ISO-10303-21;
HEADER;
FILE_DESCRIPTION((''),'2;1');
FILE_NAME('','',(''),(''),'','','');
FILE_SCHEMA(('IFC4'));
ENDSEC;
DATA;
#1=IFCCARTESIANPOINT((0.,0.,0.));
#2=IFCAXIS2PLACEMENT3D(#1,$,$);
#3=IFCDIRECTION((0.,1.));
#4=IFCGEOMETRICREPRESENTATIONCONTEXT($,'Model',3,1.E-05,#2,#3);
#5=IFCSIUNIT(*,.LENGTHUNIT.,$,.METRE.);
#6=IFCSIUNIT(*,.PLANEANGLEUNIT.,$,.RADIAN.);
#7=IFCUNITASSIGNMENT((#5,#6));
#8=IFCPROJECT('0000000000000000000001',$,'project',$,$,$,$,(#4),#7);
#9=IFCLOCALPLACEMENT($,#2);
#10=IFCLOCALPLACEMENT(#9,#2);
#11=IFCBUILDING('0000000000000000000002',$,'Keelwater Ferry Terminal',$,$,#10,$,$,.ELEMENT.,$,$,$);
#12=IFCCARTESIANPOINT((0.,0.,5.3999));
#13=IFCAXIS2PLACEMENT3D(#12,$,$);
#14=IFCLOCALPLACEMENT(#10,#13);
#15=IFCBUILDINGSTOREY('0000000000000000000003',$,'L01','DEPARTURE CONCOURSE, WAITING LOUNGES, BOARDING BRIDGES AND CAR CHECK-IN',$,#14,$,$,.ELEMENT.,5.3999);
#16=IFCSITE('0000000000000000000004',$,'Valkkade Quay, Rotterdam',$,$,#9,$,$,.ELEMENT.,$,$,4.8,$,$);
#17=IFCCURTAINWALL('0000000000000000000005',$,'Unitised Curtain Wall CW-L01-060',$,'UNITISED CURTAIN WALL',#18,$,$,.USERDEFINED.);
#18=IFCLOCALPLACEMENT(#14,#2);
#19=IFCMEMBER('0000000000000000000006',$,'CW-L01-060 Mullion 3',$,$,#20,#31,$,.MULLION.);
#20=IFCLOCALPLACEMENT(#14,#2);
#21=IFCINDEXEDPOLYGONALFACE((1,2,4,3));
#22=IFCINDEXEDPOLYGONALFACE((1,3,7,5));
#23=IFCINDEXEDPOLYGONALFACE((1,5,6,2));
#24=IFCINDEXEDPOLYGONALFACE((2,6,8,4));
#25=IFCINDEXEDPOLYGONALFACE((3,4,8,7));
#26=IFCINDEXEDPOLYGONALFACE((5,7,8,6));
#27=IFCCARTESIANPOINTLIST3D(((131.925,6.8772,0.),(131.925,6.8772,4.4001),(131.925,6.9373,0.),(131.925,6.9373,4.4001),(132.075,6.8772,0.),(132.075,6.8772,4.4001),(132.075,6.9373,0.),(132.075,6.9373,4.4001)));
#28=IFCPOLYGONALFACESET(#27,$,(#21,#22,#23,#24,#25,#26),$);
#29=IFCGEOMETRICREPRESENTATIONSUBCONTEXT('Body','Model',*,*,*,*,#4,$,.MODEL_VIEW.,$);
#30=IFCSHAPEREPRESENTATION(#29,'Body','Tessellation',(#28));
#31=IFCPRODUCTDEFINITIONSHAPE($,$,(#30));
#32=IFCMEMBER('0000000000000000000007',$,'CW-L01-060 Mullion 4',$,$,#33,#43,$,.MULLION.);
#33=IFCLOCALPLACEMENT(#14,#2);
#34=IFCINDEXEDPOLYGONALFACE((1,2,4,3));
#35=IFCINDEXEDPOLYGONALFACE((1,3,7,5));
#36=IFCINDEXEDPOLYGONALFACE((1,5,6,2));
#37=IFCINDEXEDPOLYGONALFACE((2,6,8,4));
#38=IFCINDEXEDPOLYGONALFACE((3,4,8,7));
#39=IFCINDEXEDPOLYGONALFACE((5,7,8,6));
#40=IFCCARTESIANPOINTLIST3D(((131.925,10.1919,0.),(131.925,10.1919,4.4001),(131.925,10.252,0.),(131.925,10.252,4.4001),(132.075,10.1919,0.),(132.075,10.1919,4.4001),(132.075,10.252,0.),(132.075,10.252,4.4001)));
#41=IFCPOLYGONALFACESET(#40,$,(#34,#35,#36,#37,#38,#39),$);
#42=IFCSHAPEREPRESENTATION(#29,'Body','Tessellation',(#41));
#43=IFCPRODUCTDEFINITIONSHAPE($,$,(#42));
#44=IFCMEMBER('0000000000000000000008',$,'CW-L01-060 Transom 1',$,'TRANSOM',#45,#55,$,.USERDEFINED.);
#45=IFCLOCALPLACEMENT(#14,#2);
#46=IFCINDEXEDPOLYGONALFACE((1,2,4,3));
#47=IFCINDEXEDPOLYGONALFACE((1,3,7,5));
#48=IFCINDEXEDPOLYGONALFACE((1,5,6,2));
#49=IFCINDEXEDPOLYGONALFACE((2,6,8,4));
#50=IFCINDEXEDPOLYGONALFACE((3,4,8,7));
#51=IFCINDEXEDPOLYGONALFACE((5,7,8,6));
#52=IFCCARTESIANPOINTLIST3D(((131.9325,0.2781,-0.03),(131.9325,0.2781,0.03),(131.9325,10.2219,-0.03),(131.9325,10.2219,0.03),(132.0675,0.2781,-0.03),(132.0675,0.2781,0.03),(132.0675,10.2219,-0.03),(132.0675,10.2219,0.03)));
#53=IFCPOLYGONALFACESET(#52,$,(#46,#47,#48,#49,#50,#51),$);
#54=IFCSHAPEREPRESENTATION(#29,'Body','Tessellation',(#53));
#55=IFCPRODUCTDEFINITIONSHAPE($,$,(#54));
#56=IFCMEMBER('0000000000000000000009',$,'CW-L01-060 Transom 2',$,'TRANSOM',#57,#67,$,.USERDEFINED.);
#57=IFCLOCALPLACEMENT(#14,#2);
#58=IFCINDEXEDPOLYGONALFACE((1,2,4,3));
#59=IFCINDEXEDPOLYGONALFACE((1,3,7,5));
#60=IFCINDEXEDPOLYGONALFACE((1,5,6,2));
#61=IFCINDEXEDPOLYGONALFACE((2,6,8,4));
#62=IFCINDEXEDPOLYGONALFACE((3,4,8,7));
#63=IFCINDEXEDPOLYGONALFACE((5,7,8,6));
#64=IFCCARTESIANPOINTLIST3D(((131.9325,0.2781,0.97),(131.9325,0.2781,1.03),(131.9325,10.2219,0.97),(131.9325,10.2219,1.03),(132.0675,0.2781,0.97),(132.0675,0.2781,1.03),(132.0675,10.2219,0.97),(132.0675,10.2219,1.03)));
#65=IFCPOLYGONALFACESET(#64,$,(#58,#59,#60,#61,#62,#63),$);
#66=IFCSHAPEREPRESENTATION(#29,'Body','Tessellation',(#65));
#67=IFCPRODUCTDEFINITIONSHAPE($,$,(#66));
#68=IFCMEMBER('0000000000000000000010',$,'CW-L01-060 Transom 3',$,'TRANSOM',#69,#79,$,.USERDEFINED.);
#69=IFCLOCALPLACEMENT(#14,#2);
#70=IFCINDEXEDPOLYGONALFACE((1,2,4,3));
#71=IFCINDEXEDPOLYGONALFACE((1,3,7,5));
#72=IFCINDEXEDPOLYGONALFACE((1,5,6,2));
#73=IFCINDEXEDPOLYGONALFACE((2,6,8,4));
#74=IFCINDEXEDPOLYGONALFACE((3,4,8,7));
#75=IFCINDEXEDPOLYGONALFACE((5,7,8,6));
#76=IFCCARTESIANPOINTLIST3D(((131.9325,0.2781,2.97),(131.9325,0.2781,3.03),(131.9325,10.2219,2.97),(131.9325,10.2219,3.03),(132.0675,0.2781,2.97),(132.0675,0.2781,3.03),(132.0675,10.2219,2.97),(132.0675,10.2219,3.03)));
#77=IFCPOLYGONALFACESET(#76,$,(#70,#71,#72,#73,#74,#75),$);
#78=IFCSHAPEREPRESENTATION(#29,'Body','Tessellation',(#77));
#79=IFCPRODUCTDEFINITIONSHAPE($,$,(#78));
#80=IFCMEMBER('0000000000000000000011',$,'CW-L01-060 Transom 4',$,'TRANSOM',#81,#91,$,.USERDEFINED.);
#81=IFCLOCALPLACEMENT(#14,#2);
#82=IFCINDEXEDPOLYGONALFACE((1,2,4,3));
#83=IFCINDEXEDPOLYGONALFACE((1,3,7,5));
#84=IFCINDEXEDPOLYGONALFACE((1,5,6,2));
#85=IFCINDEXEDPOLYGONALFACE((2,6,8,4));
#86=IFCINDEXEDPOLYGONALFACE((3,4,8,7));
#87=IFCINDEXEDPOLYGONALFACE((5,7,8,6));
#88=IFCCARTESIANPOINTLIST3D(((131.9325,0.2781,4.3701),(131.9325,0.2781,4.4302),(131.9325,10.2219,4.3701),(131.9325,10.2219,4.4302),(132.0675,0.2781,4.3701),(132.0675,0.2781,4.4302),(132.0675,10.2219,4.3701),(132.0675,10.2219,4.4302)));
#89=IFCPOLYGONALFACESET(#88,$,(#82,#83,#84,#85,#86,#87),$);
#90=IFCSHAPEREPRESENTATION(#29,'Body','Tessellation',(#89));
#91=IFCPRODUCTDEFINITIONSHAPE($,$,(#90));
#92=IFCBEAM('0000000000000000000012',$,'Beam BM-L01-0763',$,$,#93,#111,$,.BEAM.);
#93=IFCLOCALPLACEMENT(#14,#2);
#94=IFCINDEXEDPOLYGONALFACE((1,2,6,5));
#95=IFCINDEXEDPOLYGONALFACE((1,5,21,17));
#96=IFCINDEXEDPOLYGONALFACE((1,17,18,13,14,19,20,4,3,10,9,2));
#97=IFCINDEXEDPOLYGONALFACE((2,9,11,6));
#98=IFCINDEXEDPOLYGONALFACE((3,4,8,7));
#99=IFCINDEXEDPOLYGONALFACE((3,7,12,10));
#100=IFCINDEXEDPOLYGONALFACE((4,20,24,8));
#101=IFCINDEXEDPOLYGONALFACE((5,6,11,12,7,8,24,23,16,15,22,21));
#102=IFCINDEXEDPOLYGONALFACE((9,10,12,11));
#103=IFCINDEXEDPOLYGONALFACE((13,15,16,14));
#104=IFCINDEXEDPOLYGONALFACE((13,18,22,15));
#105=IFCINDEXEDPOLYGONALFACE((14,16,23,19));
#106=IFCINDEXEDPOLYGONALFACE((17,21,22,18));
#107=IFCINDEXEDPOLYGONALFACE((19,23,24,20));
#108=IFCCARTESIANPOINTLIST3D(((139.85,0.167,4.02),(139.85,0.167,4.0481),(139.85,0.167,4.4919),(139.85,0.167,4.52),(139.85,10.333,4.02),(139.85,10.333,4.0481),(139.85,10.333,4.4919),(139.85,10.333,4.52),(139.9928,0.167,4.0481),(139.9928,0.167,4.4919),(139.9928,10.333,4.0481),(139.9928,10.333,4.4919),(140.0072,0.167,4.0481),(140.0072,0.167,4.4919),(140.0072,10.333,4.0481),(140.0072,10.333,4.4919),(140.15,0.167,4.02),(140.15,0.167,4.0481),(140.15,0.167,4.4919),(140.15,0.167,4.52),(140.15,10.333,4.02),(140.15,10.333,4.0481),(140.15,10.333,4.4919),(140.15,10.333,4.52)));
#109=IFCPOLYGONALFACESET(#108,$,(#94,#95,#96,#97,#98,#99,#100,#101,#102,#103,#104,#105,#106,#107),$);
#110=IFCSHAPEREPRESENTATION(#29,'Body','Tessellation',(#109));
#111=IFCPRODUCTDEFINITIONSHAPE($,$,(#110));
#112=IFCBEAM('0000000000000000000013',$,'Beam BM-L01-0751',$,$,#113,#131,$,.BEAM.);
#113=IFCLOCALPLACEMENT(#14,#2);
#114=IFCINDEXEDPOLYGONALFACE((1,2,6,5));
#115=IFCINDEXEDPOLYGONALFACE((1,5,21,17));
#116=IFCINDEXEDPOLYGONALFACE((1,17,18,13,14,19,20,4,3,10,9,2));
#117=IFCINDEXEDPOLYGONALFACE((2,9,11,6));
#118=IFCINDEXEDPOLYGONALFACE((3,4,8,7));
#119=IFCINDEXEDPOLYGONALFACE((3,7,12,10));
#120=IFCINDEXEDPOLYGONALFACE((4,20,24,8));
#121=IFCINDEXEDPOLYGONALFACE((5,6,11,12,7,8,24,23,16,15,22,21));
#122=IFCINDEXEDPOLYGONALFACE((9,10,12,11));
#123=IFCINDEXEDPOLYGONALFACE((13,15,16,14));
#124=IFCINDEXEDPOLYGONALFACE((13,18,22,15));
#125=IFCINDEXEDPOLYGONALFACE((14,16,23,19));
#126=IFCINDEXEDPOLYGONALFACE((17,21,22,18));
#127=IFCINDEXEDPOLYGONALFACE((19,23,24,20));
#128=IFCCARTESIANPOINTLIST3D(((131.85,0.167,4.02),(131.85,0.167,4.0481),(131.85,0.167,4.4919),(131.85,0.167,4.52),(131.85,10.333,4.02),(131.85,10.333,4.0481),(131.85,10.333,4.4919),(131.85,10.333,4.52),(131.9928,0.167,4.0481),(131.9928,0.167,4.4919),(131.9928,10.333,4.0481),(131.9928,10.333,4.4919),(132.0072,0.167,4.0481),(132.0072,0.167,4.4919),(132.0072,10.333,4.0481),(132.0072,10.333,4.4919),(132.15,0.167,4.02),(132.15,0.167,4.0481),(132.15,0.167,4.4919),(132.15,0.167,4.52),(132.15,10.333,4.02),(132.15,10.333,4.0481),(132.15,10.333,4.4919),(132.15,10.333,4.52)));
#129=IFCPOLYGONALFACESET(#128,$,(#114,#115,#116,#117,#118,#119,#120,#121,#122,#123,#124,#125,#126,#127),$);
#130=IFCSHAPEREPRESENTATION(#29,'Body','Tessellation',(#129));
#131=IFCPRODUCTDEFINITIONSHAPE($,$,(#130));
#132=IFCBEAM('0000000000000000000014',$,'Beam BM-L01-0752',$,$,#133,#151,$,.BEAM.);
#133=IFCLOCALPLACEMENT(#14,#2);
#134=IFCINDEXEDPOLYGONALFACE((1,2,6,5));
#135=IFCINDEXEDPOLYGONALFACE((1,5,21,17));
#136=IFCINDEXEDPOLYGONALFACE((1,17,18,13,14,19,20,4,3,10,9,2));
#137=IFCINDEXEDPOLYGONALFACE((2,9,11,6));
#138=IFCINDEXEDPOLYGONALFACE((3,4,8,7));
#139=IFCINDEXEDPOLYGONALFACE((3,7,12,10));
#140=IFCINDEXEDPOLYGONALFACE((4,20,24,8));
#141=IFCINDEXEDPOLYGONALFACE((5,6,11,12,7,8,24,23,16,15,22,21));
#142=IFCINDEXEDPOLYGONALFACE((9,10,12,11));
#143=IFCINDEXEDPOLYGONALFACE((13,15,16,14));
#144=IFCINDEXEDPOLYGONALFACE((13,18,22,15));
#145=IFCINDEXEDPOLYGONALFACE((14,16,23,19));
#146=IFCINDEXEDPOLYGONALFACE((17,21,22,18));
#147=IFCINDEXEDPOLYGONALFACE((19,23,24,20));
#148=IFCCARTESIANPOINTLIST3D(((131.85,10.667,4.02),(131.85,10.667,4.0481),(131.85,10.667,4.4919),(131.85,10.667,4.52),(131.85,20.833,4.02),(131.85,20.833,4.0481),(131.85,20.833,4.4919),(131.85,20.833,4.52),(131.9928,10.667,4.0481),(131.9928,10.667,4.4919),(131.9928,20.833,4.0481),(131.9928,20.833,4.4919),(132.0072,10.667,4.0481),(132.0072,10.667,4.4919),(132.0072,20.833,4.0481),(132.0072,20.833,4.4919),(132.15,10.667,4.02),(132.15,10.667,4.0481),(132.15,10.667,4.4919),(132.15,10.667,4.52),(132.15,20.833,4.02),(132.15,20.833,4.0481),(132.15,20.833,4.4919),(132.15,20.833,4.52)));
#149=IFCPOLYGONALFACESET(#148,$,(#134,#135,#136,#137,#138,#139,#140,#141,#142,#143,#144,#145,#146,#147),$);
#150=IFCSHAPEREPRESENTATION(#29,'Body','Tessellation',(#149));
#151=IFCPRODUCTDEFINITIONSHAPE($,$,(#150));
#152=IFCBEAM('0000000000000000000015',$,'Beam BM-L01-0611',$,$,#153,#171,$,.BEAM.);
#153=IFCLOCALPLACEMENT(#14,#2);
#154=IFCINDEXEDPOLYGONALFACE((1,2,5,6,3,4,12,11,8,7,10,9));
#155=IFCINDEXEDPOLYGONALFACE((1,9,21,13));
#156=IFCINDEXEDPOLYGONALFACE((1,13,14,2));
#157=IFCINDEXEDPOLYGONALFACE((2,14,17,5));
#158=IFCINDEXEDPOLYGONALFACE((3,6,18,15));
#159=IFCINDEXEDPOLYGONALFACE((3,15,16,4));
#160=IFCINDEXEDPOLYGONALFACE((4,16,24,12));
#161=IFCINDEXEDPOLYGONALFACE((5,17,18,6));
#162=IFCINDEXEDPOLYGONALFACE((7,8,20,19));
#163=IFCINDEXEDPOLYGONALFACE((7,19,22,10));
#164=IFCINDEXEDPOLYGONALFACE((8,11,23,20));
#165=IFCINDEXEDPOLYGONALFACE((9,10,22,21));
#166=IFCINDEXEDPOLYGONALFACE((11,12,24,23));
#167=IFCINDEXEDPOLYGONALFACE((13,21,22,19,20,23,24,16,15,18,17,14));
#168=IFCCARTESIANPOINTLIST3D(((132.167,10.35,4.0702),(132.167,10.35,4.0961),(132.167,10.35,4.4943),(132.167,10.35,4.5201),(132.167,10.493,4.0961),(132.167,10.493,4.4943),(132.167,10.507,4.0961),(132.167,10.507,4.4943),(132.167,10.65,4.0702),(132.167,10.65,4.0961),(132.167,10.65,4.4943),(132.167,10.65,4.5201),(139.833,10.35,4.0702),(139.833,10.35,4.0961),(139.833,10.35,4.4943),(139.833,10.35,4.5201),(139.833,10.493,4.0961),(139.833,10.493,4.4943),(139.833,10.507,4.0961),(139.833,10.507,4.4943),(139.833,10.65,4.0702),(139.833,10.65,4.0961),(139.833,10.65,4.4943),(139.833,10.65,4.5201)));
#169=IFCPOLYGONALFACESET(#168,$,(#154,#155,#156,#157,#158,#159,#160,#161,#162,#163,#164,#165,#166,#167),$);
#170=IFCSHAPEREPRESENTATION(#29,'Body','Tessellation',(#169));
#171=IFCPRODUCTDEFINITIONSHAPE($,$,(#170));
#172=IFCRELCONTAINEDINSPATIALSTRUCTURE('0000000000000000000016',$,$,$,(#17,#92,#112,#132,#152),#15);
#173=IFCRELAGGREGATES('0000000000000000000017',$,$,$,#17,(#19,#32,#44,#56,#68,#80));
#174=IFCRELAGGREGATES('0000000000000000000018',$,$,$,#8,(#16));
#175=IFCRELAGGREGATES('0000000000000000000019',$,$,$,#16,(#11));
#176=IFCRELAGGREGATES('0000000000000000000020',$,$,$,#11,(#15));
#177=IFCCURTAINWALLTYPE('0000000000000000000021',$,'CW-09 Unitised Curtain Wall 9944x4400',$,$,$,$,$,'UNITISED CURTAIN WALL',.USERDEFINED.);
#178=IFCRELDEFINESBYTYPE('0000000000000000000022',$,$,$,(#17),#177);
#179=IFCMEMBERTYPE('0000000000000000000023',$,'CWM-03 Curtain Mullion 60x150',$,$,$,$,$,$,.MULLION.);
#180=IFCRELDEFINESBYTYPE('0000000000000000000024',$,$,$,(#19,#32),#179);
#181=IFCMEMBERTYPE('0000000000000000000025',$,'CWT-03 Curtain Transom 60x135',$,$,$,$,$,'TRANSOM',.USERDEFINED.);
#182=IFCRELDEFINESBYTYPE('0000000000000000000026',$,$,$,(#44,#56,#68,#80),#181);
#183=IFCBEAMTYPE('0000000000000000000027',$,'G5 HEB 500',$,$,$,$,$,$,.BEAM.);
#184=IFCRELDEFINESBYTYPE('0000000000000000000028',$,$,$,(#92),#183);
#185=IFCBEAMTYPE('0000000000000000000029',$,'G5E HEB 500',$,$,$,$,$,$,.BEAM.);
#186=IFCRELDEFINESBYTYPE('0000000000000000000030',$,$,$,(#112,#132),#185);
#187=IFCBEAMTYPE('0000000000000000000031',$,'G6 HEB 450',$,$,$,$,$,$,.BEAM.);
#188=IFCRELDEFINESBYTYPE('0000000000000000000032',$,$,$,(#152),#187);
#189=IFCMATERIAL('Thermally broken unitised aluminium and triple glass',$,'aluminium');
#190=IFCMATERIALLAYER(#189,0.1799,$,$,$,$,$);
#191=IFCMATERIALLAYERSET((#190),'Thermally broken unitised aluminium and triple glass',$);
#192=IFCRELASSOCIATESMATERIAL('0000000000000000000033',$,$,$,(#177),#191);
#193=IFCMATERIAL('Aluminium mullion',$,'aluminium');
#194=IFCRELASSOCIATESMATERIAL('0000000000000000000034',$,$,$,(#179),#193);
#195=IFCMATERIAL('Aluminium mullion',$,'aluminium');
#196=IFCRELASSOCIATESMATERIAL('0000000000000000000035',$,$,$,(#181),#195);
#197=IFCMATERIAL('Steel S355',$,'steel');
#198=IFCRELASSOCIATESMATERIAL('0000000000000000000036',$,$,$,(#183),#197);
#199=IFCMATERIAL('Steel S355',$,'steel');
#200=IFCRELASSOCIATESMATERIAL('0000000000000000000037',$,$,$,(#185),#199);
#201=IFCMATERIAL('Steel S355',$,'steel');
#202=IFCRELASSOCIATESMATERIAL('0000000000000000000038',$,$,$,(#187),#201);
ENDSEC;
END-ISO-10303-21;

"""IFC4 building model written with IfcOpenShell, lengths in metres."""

from ifc_helpers import new_model, si_unit, direction, frame, origin, origin_2d, place, context, subcontext, project, spatial, rectangle, i_section, extrude, material, layer, layer_set, material_profile, profile_set, type_object, element, aggregate, save


model = new_model("IFC4")

# Units and contexts
model_context = context("Model", 3, precision=1e-05, world=origin(), true_north=direction((0.0, 1.0)))
body_context = subcontext(model_context, "Body", "Model", "MODEL_VIEW")
ifc_project = project(units=[si_unit("LENGTHUNIT", "METRE"), si_unit("PLANEANGLEUNIT", "RADIAN")], contexts=[model_context])

# Site, building, storey
site_placement = place(None, origin())
site = spatial("IfcSite", under=ifc_project, at=site_placement, Name="Valkkade Quay, Rotterdam", CompositionType="ELEMENT", RefElevation=4.8)
building_placement = place(site_placement, origin())
building = spatial("IfcBuilding", under=site, at=building_placement, Name="Keelwater Ferry Terminal", CompositionType="ELEMENT")
storey_placement = place(building_placement, frame((0.0, 0.0, 5.3999)))
storey = spatial("IfcBuildingStorey", under=building, at=storey_placement, Name="L01", Description="DEPARTURE CONCOURSE, WAITING LOUNGES, BOARDING BRIDGES AND CAR CHECK-IN", CompositionType="ELEMENT", Elevation=5.3999)

# Curtain wall, members
ifc_material_1 = material(Name="Thermally broken unitised aluminium and triple glass", Category="aluminium")
ifc_layer_1 = layer(ifc_material_1, 0.1799)
ifc_layer_set_1 = layer_set([ifc_layer_1], Name="Thermally broken unitised aluminium and triple glass")
curtain_wall_type = type_object("IfcCurtainWallType", Name="CW-09 Unitised Curtain Wall 9944x4400", ElementType="UNITISED CURTAIN WALL", PredefinedType="USERDEFINED", material=ifc_layer_set_1)
curtain_wall_placement = place(storey_placement, origin())
curtain_wall = element("IfcCurtainWall", 1, at=curtain_wall_placement, inside=storey, type_object=curtain_wall_type, Name="Unitised Curtain Wall CW-L01-060", ObjectType="UNITISED CURTAIN WALL", PredefinedType="USERDEFINED")
ifc_material_2 = material(Name="Aluminium mullion", Category="aluminium")
ifc_material_profile_1 = material_profile(ifc_material_2, rectangle(XDim=0.0601, YDim=0.1499, at=origin_2d()), Name="CWM-03")
ifc_profile_set_1 = profile_set([ifc_material_profile_1], Name="Aluminium mullion")
member_type_1 = type_object("IfcMemberType", Name="CWM-03 Curtain Mullion 60x150", PredefinedType="MULLION", material=ifc_profile_set_1)
member_1_placement = place(storey_placement, frame((132.0, 6.9072, 0.0), z_axis=(0.0, 0.0, 1.0), x_axis=(0.0, 1.0, 0.0)))
member_1 = element("IfcMember", 2, at=member_1_placement, type_object=member_type_1, Name="CW-L01-060 Mullion 3", PredefinedType="MULLION", context=body_context, shape_type="SweptSolid", body=[
    extrude(rectangle(XDim=0.0601, YDim=0.1499, at=origin_2d()), origin(), (0.0, 0.0, 1.0), 4.4001),
])
member_2_placement = place(storey_placement, frame((132.0, 10.2219, 0.0), z_axis=(0.0, 0.0, 1.0), x_axis=(0.0, 1.0, 0.0)))
member_2 = element("IfcMember", 3, at=member_2_placement, type_object=member_type_1, Name="CW-L01-060 Mullion 4", PredefinedType="MULLION", context=body_context, shape_type="SweptSolid", body=[
    extrude(rectangle(XDim=0.0601, YDim=0.1499, at=origin_2d()), origin(), (0.0, 0.0, 1.0), 4.4001),
])
ifc_material_3 = material(Name="Aluminium mullion", Category="aluminium")
ifc_material_profile_2 = material_profile(ifc_material_3, rectangle(XDim=0.135, YDim=0.0601, at=origin_2d()), Name="CWT-03")
ifc_profile_set_2 = profile_set([ifc_material_profile_2], Name="Aluminium mullion")
member_type_2 = type_object("IfcMemberType", Name="CWT-03 Curtain Transom 60x135", ElementType="TRANSOM", PredefinedType="USERDEFINED", material=ifc_profile_set_2)
member_3_placement = place(storey_placement, frame((132.0, 0.2781, 0.0), z_axis=(0.0, 1.0, 0.0), x_axis=(-1.0, 0.0, 0.0)))
member_3 = element("IfcMember", 4, at=member_3_placement, type_object=member_type_2, Name="CW-L01-060 Transom 1", ObjectType="TRANSOM", PredefinedType="USERDEFINED", context=body_context, shape_type="SweptSolid", body=[
    extrude(rectangle(XDim=0.135, YDim=0.0601, at=origin_2d()), origin(), (0.0, 0.0, 1.0), 9.9438),
])
member_4_placement = place(storey_placement, frame((132.0, 0.2781, 1.0), z_axis=(0.0, 1.0, 0.0), x_axis=(-1.0, 0.0, 0.0)))
member_4 = element("IfcMember", 5, at=member_4_placement, type_object=member_type_2, Name="CW-L01-060 Transom 2", ObjectType="TRANSOM", PredefinedType="USERDEFINED", context=body_context, shape_type="SweptSolid", body=[
    extrude(rectangle(XDim=0.135, YDim=0.0601, at=origin_2d()), origin(), (0.0, 0.0, 1.0), 9.9438),
])
member_5_placement = place(storey_placement, frame((132.0, 0.2781, 3.0), z_axis=(0.0, 1.0, 0.0), x_axis=(-1.0, 0.0, 0.0)))
member_5 = element("IfcMember", 6, at=member_5_placement, type_object=member_type_2, Name="CW-L01-060 Transom 3", ObjectType="TRANSOM", PredefinedType="USERDEFINED", context=body_context, shape_type="SweptSolid", body=[
    extrude(rectangle(XDim=0.135, YDim=0.0601, at=origin_2d()), origin(), (0.0, 0.0, 1.0), 9.9438),
])
member_6_placement = place(storey_placement, frame((132.0, 0.2781, 4.4001), z_axis=(0.0, 1.0, 0.0), x_axis=(-1.0, 0.0, 0.0)))
member_6 = element("IfcMember", 7, at=member_6_placement, type_object=member_type_2, Name="CW-L01-060 Transom 4", ObjectType="TRANSOM", PredefinedType="USERDEFINED", context=body_context, shape_type="SweptSolid", body=[
    extrude(rectangle(XDim=0.135, YDim=0.0601, at=origin_2d()), origin(), (0.0, 0.0, 1.0), 9.9438),
])

# Beams
ifc_material_4 = material(Name="Steel S355", Category="steel")
ifc_material_profile_3 = material_profile(ifc_material_4, i_section(OverallWidth=0.3, OverallDepth=0.5, WebThickness=0.0144, FlangeThickness=0.0281, at=origin_2d()), Name="HEB 500")
ifc_profile_set_3 = profile_set([ifc_material_profile_3], Name="Steel S355")
beam_type_1 = type_object("IfcBeamType", Name="G5 HEB 500", PredefinedType="BEAM", material=ifc_profile_set_3)
beam_1_placement = place(storey_placement, frame((140.0, 0.167, 4.27), z_axis=(0.0, 1.0, 0.0), x_axis=(-1.0, 0.0, 0.0)))
element("IfcBeam", 8, at=beam_1_placement, inside=storey, type_object=beam_type_1, Name="Beam BM-L01-0763", PredefinedType="BEAM", context=body_context, shape_type="SweptSolid", body=[
    extrude(i_section(OverallWidth=0.3, OverallDepth=0.5, WebThickness=0.0144, FlangeThickness=0.0281, at=origin_2d()), origin(), (0.0, 0.0, 1.0), 10.166),
])
ifc_material_5 = material(Name="Steel S355", Category="steel")
ifc_material_profile_4 = material_profile(ifc_material_5, i_section(OverallWidth=0.3, OverallDepth=0.5, WebThickness=0.0144, FlangeThickness=0.0281, at=origin_2d()), Name="HEB 500")
ifc_profile_set_4 = profile_set([ifc_material_profile_4], Name="Steel S355")
beam_type_2 = type_object("IfcBeamType", Name="G5E HEB 500", PredefinedType="BEAM", material=ifc_profile_set_4)
for number, where, z_axis, x_axis, name in (
    (9, (132.0, 0.167, 4.27), (0.0, 1.0, 0.0), (-1.0, 0.0, 0.0), "Beam BM-L01-0751"),
    (10, (132.0, 10.667, 4.27), (0.0, 1.0, 0.0), (-1.0, 0.0, 0.0), "Beam BM-L01-0752"),
):
    element("IfcBeam", number, at=place(storey_placement, frame(where, z_axis=z_axis, x_axis=x_axis)), inside=storey, type_object=beam_type_2, Name=name, PredefinedType="BEAM", context=body_context, shape_type="SweptSolid", body=[
        extrude(i_section(OverallWidth=0.3, OverallDepth=0.5, WebThickness=0.0144, FlangeThickness=0.0281, at=origin_2d()), origin(), (0.0, 0.0, 1.0), 10.166),
    ])
ifc_material_6 = material(Name="Steel S355", Category="steel")
ifc_material_profile_5 = material_profile(ifc_material_6, i_section(OverallWidth=0.3, OverallDepth=0.45, WebThickness=0.0139, FlangeThickness=0.0259, at=origin_2d()), Name="HEB 450")
ifc_profile_set_5 = profile_set([ifc_material_profile_5], Name="Steel S355")
beam_type_3 = type_object("IfcBeamType", Name="G6 HEB 450", PredefinedType="BEAM", material=ifc_profile_set_5)
beam_2_placement = place(storey_placement, frame((132.167, 10.5, 4.2952), z_axis=(1.0, 0.0, 0.0), x_axis=(0.0, 1.0, 0.0)))
element("IfcBeam", 11, at=beam_2_placement, inside=storey, type_object=beam_type_3, Name="Beam BM-L01-0611", PredefinedType="BEAM", context=body_context, shape_type="SweptSolid", body=[
    extrude(i_section(OverallWidth=0.3, OverallDepth=0.45, WebThickness=0.0139, FlangeThickness=0.0259, at=origin_2d()), origin(), (0.0, 0.0, 1.0), 7.666),
])

aggregate(curtain_wall, [member_1, member_2, member_3, member_4, member_5, member_6])

save(model, "model.ifc")
